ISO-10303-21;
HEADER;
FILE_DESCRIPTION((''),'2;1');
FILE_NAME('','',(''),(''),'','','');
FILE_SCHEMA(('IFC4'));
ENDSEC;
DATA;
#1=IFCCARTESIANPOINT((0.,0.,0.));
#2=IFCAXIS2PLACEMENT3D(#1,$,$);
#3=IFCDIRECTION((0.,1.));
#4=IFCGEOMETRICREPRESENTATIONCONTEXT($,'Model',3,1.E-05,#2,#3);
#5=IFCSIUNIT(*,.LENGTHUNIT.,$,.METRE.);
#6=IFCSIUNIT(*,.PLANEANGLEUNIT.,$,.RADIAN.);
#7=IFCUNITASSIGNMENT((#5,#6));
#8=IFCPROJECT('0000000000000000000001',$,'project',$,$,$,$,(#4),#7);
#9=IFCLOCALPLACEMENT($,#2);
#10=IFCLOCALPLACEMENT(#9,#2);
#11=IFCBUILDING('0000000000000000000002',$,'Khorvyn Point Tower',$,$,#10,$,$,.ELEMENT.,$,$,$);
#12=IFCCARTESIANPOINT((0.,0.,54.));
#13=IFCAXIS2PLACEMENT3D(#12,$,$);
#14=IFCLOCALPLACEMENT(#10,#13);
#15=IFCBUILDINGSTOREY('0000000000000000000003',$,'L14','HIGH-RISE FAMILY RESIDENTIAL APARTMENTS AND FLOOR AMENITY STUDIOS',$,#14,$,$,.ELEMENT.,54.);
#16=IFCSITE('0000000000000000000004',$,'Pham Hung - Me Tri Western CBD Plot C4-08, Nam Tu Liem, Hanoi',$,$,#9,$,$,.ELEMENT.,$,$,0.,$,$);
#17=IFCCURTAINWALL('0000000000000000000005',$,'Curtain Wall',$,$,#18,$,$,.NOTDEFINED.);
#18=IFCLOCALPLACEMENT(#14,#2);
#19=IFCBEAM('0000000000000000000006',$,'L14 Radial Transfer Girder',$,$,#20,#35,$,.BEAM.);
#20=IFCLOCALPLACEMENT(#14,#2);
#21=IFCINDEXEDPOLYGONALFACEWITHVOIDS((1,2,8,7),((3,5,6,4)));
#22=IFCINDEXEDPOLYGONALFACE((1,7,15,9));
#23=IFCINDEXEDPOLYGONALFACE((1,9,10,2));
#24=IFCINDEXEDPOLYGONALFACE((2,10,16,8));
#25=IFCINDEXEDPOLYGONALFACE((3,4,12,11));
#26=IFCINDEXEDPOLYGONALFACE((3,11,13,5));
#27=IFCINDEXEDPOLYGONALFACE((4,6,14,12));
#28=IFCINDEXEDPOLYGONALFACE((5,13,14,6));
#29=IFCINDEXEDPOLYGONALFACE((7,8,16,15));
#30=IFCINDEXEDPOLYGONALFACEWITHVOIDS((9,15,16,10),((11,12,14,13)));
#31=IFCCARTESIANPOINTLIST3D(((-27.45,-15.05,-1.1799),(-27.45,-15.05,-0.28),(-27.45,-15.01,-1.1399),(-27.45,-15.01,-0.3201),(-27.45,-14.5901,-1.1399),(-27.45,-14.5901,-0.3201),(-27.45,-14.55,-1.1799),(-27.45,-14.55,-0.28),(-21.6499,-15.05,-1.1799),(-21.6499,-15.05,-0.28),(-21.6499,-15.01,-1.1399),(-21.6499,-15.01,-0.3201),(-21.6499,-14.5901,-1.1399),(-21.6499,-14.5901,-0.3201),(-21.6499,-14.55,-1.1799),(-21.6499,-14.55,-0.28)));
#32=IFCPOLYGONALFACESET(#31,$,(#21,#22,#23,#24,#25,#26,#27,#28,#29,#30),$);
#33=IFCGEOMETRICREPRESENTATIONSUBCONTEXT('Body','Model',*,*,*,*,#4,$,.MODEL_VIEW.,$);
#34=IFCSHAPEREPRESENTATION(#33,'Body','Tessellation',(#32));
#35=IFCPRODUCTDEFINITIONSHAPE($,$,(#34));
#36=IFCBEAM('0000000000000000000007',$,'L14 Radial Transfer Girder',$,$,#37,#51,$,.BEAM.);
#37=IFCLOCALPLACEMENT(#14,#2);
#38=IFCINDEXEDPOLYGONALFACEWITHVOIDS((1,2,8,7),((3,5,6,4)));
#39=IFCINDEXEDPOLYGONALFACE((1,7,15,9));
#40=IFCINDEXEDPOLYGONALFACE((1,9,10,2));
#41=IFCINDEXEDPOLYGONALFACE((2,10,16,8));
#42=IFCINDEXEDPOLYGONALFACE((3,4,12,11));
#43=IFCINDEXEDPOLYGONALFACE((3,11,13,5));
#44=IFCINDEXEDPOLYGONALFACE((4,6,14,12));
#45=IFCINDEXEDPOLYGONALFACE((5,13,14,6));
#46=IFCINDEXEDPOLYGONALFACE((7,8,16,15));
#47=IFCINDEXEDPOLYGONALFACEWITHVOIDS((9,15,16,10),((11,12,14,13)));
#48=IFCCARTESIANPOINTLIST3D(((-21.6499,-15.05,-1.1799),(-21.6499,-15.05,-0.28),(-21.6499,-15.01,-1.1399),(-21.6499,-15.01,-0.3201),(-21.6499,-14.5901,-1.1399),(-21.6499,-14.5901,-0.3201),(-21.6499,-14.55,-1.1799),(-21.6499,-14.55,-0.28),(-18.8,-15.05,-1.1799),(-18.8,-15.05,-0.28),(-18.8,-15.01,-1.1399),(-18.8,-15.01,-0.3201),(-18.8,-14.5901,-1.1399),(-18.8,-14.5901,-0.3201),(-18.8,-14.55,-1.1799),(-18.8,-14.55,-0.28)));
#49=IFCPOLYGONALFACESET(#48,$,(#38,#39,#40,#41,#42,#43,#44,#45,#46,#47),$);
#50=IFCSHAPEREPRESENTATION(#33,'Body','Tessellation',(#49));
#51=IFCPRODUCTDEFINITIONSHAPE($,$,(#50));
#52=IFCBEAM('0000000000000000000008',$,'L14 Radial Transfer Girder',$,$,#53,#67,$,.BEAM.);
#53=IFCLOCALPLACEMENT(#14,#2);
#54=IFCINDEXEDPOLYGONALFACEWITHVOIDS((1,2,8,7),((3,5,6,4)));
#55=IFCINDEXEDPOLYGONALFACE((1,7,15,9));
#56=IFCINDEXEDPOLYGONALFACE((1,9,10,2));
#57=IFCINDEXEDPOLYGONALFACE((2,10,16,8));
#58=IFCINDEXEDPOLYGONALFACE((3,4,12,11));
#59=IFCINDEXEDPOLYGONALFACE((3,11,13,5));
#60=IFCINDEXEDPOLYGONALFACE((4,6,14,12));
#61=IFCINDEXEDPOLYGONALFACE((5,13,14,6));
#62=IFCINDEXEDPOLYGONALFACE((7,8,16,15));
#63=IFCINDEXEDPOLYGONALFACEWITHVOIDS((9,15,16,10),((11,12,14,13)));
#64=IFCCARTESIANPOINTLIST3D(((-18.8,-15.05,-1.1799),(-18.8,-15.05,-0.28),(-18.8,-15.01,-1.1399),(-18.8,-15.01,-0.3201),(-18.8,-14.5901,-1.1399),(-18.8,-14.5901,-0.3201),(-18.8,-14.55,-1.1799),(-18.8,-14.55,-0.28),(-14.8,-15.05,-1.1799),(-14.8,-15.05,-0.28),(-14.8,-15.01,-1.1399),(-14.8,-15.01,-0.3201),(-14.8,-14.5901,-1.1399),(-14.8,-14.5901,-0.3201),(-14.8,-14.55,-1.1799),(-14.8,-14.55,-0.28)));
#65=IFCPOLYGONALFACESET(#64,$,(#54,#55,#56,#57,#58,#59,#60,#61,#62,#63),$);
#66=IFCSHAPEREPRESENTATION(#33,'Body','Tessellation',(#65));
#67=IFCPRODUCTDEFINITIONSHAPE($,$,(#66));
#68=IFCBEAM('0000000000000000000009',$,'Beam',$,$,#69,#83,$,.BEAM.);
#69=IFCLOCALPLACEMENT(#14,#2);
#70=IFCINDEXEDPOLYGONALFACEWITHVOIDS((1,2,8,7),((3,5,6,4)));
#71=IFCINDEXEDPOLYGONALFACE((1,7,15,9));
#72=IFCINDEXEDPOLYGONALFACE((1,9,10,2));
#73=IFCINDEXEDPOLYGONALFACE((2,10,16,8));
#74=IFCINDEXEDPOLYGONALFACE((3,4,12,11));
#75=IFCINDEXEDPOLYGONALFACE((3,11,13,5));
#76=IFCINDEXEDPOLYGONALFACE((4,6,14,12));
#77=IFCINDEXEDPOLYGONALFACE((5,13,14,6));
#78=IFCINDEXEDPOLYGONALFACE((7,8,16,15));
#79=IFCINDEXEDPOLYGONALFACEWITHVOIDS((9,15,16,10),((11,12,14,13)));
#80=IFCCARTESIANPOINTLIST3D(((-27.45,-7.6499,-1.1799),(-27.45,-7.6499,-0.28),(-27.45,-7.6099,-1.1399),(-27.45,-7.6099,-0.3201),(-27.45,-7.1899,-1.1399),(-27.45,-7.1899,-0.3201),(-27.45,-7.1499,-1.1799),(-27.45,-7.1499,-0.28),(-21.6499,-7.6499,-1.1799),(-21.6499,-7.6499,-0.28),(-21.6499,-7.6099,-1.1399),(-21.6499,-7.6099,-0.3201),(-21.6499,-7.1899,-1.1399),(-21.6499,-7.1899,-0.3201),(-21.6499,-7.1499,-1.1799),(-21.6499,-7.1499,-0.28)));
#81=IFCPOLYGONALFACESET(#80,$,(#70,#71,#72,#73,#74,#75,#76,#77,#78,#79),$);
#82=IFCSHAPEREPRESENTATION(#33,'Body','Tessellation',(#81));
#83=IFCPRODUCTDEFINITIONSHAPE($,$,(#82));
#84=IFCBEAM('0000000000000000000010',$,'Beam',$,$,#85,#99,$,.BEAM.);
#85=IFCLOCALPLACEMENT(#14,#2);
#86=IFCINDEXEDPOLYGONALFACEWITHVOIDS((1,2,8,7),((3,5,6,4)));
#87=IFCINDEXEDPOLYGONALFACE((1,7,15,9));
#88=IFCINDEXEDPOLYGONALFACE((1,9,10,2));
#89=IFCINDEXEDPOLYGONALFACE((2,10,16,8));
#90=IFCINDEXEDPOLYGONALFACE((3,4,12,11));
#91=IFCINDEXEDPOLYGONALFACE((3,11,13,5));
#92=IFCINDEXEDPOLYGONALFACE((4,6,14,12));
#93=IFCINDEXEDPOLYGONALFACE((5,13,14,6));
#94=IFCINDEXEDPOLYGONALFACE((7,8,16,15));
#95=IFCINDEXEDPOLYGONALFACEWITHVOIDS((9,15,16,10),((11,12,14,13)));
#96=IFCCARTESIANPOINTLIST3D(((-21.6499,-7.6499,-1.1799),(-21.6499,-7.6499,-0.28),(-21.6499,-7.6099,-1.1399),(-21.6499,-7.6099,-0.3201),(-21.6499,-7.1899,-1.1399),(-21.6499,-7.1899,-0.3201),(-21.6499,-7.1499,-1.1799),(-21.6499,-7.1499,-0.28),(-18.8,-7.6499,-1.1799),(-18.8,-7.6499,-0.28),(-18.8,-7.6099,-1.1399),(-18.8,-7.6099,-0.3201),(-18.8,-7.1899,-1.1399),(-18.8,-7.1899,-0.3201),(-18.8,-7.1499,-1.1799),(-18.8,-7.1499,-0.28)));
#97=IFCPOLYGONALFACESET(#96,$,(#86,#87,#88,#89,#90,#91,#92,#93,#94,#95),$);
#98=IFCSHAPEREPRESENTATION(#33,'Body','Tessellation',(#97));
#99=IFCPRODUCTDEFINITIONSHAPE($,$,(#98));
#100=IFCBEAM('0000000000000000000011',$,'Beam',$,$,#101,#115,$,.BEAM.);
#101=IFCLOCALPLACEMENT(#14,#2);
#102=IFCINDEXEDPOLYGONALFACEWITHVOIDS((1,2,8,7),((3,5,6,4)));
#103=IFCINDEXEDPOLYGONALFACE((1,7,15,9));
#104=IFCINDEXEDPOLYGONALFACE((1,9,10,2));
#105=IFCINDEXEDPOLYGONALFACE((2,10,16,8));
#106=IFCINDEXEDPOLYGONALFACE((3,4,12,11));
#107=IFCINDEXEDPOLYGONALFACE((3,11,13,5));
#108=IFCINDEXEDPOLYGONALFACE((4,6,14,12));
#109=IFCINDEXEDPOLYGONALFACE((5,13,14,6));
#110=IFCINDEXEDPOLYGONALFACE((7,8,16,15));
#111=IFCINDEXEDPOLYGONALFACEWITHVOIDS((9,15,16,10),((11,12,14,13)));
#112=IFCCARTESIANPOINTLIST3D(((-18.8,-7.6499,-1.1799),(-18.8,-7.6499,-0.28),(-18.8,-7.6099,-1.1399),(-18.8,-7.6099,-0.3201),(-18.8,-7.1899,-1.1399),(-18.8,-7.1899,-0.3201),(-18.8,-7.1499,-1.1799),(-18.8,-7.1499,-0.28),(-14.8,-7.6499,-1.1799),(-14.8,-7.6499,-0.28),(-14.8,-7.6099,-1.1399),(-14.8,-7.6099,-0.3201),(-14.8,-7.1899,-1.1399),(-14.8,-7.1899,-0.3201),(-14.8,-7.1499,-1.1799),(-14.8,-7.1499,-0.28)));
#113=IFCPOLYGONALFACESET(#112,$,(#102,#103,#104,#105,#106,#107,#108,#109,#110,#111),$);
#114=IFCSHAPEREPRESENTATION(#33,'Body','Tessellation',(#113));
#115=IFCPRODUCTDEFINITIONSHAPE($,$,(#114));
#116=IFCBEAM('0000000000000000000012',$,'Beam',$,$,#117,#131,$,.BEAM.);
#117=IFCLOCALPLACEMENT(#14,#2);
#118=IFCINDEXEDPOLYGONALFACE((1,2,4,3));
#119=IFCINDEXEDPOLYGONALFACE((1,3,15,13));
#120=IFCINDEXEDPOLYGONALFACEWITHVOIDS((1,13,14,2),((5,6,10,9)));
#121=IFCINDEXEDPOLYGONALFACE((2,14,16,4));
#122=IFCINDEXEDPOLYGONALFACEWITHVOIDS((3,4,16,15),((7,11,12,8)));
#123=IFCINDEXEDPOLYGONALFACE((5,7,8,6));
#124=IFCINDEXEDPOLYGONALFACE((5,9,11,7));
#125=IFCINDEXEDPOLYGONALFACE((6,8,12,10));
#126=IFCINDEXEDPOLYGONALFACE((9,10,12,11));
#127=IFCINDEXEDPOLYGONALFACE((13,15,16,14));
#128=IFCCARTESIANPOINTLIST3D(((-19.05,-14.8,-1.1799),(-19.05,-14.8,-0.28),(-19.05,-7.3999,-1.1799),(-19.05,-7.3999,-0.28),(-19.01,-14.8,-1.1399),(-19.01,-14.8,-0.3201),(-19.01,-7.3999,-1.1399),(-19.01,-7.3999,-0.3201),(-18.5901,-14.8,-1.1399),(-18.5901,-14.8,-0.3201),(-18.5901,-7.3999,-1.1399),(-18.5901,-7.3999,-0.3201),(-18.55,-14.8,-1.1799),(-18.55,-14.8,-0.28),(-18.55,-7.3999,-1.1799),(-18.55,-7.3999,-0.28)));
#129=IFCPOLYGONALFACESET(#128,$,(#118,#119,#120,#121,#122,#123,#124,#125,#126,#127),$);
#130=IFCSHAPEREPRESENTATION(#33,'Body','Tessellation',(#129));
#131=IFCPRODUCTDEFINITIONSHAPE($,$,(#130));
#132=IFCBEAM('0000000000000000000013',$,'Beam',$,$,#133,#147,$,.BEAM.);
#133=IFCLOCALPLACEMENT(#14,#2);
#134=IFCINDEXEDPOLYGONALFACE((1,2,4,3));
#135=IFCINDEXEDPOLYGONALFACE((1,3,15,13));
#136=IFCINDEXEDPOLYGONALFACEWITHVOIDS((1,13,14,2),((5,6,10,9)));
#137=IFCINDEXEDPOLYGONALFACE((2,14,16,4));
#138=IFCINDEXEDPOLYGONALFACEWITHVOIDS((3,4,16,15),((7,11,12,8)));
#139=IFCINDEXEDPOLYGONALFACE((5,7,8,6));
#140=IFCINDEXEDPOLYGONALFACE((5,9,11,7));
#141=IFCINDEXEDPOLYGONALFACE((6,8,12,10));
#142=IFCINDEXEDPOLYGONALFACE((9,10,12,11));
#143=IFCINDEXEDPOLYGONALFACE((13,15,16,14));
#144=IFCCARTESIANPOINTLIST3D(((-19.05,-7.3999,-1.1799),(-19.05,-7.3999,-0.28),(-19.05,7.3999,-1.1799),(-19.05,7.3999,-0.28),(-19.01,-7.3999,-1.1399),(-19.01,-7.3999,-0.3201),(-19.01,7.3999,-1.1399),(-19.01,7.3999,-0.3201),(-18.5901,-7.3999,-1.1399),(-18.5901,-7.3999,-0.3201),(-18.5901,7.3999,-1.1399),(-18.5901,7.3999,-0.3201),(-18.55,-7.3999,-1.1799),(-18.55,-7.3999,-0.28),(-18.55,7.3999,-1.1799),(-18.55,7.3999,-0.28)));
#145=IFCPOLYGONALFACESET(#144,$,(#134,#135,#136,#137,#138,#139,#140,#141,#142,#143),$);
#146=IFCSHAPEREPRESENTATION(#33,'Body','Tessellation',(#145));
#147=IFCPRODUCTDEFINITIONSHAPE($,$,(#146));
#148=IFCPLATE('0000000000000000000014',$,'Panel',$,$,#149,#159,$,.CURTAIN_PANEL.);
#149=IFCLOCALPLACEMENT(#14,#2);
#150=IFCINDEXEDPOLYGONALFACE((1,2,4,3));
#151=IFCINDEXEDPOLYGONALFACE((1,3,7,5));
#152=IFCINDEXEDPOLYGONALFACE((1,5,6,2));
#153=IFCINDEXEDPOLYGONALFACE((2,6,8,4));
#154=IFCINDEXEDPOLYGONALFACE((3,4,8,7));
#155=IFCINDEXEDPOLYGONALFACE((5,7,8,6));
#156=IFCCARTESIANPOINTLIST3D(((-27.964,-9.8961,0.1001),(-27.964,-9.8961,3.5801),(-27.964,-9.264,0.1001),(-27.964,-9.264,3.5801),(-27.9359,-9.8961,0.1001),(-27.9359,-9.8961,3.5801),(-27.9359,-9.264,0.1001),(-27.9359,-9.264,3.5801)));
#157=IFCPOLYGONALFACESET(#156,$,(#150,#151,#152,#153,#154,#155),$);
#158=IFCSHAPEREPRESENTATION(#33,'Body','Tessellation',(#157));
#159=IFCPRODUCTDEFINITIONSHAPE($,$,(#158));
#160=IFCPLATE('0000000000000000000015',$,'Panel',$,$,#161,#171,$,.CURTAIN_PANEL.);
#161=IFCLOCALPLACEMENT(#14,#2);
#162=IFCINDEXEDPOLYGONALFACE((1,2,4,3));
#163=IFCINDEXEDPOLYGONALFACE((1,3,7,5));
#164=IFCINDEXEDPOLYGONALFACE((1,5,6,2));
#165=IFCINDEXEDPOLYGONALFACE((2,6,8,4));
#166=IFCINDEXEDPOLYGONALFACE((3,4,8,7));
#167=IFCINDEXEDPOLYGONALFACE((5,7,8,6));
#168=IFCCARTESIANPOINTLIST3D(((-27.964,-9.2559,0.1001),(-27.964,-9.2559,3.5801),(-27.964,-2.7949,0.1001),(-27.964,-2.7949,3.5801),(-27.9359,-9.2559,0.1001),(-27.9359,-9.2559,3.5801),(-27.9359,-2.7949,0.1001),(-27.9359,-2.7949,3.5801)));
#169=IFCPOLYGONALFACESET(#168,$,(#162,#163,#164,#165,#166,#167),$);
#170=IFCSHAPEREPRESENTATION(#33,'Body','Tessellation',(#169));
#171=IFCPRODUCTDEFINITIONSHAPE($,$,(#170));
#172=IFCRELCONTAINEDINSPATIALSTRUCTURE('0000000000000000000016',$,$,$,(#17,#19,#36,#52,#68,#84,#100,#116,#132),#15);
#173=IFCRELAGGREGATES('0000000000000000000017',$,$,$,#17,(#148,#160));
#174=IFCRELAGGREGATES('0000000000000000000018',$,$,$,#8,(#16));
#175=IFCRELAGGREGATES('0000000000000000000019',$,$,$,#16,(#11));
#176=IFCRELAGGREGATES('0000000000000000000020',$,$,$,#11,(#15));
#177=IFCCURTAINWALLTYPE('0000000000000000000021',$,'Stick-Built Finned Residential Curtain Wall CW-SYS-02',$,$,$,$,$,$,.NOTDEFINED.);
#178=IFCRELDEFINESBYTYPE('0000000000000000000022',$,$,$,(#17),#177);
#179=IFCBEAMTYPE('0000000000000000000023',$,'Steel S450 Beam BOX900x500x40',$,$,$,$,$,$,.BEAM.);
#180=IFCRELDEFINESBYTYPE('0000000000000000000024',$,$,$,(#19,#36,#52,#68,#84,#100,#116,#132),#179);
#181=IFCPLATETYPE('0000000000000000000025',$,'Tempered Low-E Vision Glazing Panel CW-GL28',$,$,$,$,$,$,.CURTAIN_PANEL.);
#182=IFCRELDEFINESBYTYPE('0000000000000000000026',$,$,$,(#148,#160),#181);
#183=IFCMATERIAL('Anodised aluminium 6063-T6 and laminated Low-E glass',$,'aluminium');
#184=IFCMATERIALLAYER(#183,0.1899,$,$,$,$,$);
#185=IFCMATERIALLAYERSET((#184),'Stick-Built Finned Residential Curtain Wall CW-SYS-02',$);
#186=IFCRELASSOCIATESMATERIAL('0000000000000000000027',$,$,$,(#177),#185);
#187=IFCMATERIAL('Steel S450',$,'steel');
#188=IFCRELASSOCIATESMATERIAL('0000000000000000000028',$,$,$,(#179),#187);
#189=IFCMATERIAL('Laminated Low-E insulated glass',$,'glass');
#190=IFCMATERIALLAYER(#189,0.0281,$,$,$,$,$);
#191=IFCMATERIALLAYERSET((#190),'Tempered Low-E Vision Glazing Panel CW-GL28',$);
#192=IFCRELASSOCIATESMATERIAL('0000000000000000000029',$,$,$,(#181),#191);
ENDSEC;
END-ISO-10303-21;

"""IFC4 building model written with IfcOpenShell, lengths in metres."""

from ifc_helpers import new_model, si_unit, direction, frame, origin, origin_2d, place, context, subcontext, project, spatial, rectangle, hollow_rectangle, extrude, material, layer, layer_set, material_profile, profile_set, type_object, element, aggregate, save


model = new_model("IFC4")

# Units and contexts
model_context = context("Model", 3, precision=1e-05, world=origin(), true_north=direction((0.0, 1.0)))
body_context = subcontext(model_context, "Body", "Model", "MODEL_VIEW")
ifc_project = project(units=[si_unit("LENGTHUNIT", "METRE"), si_unit("PLANEANGLEUNIT", "RADIAN")], contexts=[model_context])

# Site, building, storey
site_placement = place(None, origin())
site = spatial("IfcSite", under=ifc_project, at=site_placement, Name="Pham Hung - Me Tri Western CBD Plot C4-08, Nam Tu Liem, Hanoi", CompositionType="ELEMENT", RefElevation=0.0)
building_placement = place(site_placement, origin())
building = spatial("IfcBuilding", under=site, at=building_placement, Name="Khorvyn Point Tower", CompositionType="ELEMENT")
storey_placement = place(building_placement, frame((0.0, 0.0, 54.0)))
storey = spatial("IfcBuildingStorey", under=building, at=storey_placement, Name="L14", Description="HIGH-RISE FAMILY RESIDENTIAL APARTMENTS AND FLOOR AMENITY STUDIOS", CompositionType="ELEMENT", Elevation=54.0)

# Shared definitions
ifc_material_1 = material(Name="Steel S450", Category="steel")

# Shared definitions
ifc_material_2 = material(Name="Anodised aluminium 6063-T6 and laminated Low-E glass", Category="aluminium")
ifc_layer_1 = layer(ifc_material_2, 0.1899)
ifc_layer_set_1 = layer_set([ifc_layer_1], Name="Stick-Built Finned Residential Curtain Wall CW-SYS-02")
curtain_wall_type = type_object("IfcCurtainWallType", Name="Stick-Built Finned Residential Curtain Wall CW-SYS-02", PredefinedType="NOTDEFINED", material=ifc_layer_set_1)

# Curtain wall
curtain_wall_1_placement = place(storey_placement, origin())
curtain_wall_1 = element("IfcCurtainWall", 1, at=curtain_wall_1_placement, inside=storey, type_object=curtain_wall_type, Name="Curtain Wall", PredefinedType="NOTDEFINED")

# Beams
ifc_material_profile_1 = material_profile(ifc_material_1, hollow_rectangle(XDim=0.5, YDim=0.8999, WallThickness=0.04, at=origin_2d()))
ifc_profile_set_1 = profile_set([ifc_material_profile_1], Name="Steel S450 BOX900x500x40")
beam_type_1 = type_object("IfcBeamType", Name="Steel S450 Beam BOX900x500x40", PredefinedType="BEAM", material=ifc_profile_set_1)
beam_1_placement = place(storey_placement, frame((-27.45, -14.8, -0.73), z_axis=(1.0, 0.0, 0.0), x_axis=(0.0, 1.0, 0.0)))
element("IfcBeam", 2, at=beam_1_placement, inside=storey, type_object=beam_type_1, Name="L14 Radial Transfer Girder", PredefinedType="BEAM", context=body_context, shape_type="SweptSolid", body=[
    extrude(hollow_rectangle(XDim=0.5, YDim=0.8999, WallThickness=0.04, at=origin_2d()), origin(), (0.0, 0.0, 1.0), 5.8),
])
beam_2_placement = place(storey_placement, frame((-21.6499, -14.8, -0.73), z_axis=(1.0, 0.0, 0.0), x_axis=(0.0, 1.0, 0.0)))
element("IfcBeam", 3, at=beam_2_placement, inside=storey, type_object=beam_type_1, Name="L14 Radial Transfer Girder", PredefinedType="BEAM", context=body_context, shape_type="SweptSolid", body=[
    extrude(hollow_rectangle(XDim=0.5, YDim=0.8999, WallThickness=0.04, at=origin_2d()), origin(), (0.0, 0.0, 1.0), 2.8499),
])
beam_3_placement = place(storey_placement, frame((-18.8, -14.8, -0.73), z_axis=(1.0, 0.0, 0.0), x_axis=(0.0, 1.0, 0.0)))
element("IfcBeam", 4, at=beam_3_placement, inside=storey, type_object=beam_type_1, Name="L14 Radial Transfer Girder", PredefinedType="BEAM", context=body_context, shape_type="SweptSolid", body=[
    extrude(hollow_rectangle(XDim=0.5, YDim=0.8999, WallThickness=0.04, at=origin_2d()), origin(), (0.0, 0.0, 1.0), 4.0),
])
beam_4_placement = place(storey_placement, frame((-27.45, -7.3999, -0.73), z_axis=(1.0, 0.0, 0.0), x_axis=(0.0, 1.0, 0.0)))
element("IfcBeam", 5, at=beam_4_placement, inside=storey, type_object=beam_type_1, Name="Beam", PredefinedType="BEAM", context=body_context, shape_type="SweptSolid", body=[
    extrude(hollow_rectangle(XDim=0.5, YDim=0.8999, WallThickness=0.04, at=origin_2d()), origin(), (0.0, 0.0, 1.0), 5.8),
])
beam_5_placement = place(storey_placement, frame((-21.6499, -7.3999, -0.73), z_axis=(1.0, 0.0, 0.0), x_axis=(0.0, 1.0, 0.0)))
element("IfcBeam", 6, at=beam_5_placement, inside=storey, type_object=beam_type_1, Name="Beam", PredefinedType="BEAM", context=body_context, shape_type="SweptSolid", body=[
    extrude(hollow_rectangle(XDim=0.5, YDim=0.8999, WallThickness=0.04, at=origin_2d()), origin(), (0.0, 0.0, 1.0), 2.8499),
])
beam_6_placement = place(storey_placement, frame((-18.8, -7.3999, -0.73), z_axis=(1.0, 0.0, 0.0), x_axis=(0.0, 1.0, 0.0)))
element("IfcBeam", 7, at=beam_6_placement, inside=storey, type_object=beam_type_1, Name="Beam", PredefinedType="BEAM", context=body_context, shape_type="SweptSolid", body=[
    extrude(hollow_rectangle(XDim=0.5, YDim=0.8999, WallThickness=0.04, at=origin_2d()), origin(), (0.0, 0.0, 1.0), 4.0),
])
beam_7_placement = place(storey_placement, frame((-18.8, -14.8, -0.73), z_axis=(0.0, 1.0, 0.0), x_axis=(-1.0, 0.0, 0.0)))
element("IfcBeam", 8, at=beam_7_placement, inside=storey, type_object=beam_type_1, Name="Beam", PredefinedType="BEAM", context=body_context, shape_type="SweptSolid", body=[
    extrude(hollow_rectangle(XDim=0.5, YDim=0.8999, WallThickness=0.04, at=origin_2d()), origin(), (0.0, 0.0, 1.0), 7.4001),
])
beam_8_placement = place(storey_placement, frame((-18.8, -7.3999, -0.73), z_axis=(0.0, 1.0, 0.0), x_axis=(-1.0, 0.0, 0.0)))
element("IfcBeam", 9, at=beam_8_placement, inside=storey, type_object=beam_type_1, Name="Beam", PredefinedType="BEAM", context=body_context, shape_type="SweptSolid", body=[
    extrude(hollow_rectangle(XDim=0.5, YDim=0.8999, WallThickness=0.04, at=origin_2d()), origin(), (0.0, 0.0, 1.0), 14.7998),
])

# Plates
ifc_material_3 = material(Name="Laminated Low-E insulated glass", Category="glass")
ifc_layer_2 = layer(ifc_material_3, 0.0281)
ifc_layer_set_2 = layer_set([ifc_layer_2], Name="Tempered Low-E Vision Glazing Panel CW-GL28")
plate_type = type_object("IfcPlateType", Name="Tempered Low-E Vision Glazing Panel CW-GL28", PredefinedType="CURTAIN_PANEL", material=ifc_layer_set_2)
plate_1_placement = place(storey_placement, frame((-27.95, -9.5801, 0.1001), z_axis=(0.0, 0.0, 1.0), x_axis=(0.0, 1.0, 0.0)))
plate_1 = element("IfcPlate", 10, at=plate_1_placement, type_object=plate_type, Name="Panel", PredefinedType="CURTAIN_PANEL", context=body_context, shape_type="SweptSolid", body=[
    extrude(rectangle(XDim=0.6321, YDim=0.0281, at=origin_2d()), origin(), (0.0, 0.0, 1.0), 3.48),
])
plate_2_placement = place(storey_placement, frame((-27.95, -6.0254, 0.1001), z_axis=(0.0, 0.0, 1.0), x_axis=(0.0, 1.0, 0.0)))
plate_2 = element("IfcPlate", 11, at=plate_2_placement, type_object=plate_type, Name="Panel", PredefinedType="CURTAIN_PANEL", context=body_context, shape_type="SweptSolid", body=[
    extrude(rectangle(XDim=6.4609, YDim=0.0281, at=origin_2d()), origin(), (0.0, 0.0, 1.0), 3.48),
])
aggregate(curtain_wall_1, [plate_1, plate_2])

save(model, "model.ifc")
